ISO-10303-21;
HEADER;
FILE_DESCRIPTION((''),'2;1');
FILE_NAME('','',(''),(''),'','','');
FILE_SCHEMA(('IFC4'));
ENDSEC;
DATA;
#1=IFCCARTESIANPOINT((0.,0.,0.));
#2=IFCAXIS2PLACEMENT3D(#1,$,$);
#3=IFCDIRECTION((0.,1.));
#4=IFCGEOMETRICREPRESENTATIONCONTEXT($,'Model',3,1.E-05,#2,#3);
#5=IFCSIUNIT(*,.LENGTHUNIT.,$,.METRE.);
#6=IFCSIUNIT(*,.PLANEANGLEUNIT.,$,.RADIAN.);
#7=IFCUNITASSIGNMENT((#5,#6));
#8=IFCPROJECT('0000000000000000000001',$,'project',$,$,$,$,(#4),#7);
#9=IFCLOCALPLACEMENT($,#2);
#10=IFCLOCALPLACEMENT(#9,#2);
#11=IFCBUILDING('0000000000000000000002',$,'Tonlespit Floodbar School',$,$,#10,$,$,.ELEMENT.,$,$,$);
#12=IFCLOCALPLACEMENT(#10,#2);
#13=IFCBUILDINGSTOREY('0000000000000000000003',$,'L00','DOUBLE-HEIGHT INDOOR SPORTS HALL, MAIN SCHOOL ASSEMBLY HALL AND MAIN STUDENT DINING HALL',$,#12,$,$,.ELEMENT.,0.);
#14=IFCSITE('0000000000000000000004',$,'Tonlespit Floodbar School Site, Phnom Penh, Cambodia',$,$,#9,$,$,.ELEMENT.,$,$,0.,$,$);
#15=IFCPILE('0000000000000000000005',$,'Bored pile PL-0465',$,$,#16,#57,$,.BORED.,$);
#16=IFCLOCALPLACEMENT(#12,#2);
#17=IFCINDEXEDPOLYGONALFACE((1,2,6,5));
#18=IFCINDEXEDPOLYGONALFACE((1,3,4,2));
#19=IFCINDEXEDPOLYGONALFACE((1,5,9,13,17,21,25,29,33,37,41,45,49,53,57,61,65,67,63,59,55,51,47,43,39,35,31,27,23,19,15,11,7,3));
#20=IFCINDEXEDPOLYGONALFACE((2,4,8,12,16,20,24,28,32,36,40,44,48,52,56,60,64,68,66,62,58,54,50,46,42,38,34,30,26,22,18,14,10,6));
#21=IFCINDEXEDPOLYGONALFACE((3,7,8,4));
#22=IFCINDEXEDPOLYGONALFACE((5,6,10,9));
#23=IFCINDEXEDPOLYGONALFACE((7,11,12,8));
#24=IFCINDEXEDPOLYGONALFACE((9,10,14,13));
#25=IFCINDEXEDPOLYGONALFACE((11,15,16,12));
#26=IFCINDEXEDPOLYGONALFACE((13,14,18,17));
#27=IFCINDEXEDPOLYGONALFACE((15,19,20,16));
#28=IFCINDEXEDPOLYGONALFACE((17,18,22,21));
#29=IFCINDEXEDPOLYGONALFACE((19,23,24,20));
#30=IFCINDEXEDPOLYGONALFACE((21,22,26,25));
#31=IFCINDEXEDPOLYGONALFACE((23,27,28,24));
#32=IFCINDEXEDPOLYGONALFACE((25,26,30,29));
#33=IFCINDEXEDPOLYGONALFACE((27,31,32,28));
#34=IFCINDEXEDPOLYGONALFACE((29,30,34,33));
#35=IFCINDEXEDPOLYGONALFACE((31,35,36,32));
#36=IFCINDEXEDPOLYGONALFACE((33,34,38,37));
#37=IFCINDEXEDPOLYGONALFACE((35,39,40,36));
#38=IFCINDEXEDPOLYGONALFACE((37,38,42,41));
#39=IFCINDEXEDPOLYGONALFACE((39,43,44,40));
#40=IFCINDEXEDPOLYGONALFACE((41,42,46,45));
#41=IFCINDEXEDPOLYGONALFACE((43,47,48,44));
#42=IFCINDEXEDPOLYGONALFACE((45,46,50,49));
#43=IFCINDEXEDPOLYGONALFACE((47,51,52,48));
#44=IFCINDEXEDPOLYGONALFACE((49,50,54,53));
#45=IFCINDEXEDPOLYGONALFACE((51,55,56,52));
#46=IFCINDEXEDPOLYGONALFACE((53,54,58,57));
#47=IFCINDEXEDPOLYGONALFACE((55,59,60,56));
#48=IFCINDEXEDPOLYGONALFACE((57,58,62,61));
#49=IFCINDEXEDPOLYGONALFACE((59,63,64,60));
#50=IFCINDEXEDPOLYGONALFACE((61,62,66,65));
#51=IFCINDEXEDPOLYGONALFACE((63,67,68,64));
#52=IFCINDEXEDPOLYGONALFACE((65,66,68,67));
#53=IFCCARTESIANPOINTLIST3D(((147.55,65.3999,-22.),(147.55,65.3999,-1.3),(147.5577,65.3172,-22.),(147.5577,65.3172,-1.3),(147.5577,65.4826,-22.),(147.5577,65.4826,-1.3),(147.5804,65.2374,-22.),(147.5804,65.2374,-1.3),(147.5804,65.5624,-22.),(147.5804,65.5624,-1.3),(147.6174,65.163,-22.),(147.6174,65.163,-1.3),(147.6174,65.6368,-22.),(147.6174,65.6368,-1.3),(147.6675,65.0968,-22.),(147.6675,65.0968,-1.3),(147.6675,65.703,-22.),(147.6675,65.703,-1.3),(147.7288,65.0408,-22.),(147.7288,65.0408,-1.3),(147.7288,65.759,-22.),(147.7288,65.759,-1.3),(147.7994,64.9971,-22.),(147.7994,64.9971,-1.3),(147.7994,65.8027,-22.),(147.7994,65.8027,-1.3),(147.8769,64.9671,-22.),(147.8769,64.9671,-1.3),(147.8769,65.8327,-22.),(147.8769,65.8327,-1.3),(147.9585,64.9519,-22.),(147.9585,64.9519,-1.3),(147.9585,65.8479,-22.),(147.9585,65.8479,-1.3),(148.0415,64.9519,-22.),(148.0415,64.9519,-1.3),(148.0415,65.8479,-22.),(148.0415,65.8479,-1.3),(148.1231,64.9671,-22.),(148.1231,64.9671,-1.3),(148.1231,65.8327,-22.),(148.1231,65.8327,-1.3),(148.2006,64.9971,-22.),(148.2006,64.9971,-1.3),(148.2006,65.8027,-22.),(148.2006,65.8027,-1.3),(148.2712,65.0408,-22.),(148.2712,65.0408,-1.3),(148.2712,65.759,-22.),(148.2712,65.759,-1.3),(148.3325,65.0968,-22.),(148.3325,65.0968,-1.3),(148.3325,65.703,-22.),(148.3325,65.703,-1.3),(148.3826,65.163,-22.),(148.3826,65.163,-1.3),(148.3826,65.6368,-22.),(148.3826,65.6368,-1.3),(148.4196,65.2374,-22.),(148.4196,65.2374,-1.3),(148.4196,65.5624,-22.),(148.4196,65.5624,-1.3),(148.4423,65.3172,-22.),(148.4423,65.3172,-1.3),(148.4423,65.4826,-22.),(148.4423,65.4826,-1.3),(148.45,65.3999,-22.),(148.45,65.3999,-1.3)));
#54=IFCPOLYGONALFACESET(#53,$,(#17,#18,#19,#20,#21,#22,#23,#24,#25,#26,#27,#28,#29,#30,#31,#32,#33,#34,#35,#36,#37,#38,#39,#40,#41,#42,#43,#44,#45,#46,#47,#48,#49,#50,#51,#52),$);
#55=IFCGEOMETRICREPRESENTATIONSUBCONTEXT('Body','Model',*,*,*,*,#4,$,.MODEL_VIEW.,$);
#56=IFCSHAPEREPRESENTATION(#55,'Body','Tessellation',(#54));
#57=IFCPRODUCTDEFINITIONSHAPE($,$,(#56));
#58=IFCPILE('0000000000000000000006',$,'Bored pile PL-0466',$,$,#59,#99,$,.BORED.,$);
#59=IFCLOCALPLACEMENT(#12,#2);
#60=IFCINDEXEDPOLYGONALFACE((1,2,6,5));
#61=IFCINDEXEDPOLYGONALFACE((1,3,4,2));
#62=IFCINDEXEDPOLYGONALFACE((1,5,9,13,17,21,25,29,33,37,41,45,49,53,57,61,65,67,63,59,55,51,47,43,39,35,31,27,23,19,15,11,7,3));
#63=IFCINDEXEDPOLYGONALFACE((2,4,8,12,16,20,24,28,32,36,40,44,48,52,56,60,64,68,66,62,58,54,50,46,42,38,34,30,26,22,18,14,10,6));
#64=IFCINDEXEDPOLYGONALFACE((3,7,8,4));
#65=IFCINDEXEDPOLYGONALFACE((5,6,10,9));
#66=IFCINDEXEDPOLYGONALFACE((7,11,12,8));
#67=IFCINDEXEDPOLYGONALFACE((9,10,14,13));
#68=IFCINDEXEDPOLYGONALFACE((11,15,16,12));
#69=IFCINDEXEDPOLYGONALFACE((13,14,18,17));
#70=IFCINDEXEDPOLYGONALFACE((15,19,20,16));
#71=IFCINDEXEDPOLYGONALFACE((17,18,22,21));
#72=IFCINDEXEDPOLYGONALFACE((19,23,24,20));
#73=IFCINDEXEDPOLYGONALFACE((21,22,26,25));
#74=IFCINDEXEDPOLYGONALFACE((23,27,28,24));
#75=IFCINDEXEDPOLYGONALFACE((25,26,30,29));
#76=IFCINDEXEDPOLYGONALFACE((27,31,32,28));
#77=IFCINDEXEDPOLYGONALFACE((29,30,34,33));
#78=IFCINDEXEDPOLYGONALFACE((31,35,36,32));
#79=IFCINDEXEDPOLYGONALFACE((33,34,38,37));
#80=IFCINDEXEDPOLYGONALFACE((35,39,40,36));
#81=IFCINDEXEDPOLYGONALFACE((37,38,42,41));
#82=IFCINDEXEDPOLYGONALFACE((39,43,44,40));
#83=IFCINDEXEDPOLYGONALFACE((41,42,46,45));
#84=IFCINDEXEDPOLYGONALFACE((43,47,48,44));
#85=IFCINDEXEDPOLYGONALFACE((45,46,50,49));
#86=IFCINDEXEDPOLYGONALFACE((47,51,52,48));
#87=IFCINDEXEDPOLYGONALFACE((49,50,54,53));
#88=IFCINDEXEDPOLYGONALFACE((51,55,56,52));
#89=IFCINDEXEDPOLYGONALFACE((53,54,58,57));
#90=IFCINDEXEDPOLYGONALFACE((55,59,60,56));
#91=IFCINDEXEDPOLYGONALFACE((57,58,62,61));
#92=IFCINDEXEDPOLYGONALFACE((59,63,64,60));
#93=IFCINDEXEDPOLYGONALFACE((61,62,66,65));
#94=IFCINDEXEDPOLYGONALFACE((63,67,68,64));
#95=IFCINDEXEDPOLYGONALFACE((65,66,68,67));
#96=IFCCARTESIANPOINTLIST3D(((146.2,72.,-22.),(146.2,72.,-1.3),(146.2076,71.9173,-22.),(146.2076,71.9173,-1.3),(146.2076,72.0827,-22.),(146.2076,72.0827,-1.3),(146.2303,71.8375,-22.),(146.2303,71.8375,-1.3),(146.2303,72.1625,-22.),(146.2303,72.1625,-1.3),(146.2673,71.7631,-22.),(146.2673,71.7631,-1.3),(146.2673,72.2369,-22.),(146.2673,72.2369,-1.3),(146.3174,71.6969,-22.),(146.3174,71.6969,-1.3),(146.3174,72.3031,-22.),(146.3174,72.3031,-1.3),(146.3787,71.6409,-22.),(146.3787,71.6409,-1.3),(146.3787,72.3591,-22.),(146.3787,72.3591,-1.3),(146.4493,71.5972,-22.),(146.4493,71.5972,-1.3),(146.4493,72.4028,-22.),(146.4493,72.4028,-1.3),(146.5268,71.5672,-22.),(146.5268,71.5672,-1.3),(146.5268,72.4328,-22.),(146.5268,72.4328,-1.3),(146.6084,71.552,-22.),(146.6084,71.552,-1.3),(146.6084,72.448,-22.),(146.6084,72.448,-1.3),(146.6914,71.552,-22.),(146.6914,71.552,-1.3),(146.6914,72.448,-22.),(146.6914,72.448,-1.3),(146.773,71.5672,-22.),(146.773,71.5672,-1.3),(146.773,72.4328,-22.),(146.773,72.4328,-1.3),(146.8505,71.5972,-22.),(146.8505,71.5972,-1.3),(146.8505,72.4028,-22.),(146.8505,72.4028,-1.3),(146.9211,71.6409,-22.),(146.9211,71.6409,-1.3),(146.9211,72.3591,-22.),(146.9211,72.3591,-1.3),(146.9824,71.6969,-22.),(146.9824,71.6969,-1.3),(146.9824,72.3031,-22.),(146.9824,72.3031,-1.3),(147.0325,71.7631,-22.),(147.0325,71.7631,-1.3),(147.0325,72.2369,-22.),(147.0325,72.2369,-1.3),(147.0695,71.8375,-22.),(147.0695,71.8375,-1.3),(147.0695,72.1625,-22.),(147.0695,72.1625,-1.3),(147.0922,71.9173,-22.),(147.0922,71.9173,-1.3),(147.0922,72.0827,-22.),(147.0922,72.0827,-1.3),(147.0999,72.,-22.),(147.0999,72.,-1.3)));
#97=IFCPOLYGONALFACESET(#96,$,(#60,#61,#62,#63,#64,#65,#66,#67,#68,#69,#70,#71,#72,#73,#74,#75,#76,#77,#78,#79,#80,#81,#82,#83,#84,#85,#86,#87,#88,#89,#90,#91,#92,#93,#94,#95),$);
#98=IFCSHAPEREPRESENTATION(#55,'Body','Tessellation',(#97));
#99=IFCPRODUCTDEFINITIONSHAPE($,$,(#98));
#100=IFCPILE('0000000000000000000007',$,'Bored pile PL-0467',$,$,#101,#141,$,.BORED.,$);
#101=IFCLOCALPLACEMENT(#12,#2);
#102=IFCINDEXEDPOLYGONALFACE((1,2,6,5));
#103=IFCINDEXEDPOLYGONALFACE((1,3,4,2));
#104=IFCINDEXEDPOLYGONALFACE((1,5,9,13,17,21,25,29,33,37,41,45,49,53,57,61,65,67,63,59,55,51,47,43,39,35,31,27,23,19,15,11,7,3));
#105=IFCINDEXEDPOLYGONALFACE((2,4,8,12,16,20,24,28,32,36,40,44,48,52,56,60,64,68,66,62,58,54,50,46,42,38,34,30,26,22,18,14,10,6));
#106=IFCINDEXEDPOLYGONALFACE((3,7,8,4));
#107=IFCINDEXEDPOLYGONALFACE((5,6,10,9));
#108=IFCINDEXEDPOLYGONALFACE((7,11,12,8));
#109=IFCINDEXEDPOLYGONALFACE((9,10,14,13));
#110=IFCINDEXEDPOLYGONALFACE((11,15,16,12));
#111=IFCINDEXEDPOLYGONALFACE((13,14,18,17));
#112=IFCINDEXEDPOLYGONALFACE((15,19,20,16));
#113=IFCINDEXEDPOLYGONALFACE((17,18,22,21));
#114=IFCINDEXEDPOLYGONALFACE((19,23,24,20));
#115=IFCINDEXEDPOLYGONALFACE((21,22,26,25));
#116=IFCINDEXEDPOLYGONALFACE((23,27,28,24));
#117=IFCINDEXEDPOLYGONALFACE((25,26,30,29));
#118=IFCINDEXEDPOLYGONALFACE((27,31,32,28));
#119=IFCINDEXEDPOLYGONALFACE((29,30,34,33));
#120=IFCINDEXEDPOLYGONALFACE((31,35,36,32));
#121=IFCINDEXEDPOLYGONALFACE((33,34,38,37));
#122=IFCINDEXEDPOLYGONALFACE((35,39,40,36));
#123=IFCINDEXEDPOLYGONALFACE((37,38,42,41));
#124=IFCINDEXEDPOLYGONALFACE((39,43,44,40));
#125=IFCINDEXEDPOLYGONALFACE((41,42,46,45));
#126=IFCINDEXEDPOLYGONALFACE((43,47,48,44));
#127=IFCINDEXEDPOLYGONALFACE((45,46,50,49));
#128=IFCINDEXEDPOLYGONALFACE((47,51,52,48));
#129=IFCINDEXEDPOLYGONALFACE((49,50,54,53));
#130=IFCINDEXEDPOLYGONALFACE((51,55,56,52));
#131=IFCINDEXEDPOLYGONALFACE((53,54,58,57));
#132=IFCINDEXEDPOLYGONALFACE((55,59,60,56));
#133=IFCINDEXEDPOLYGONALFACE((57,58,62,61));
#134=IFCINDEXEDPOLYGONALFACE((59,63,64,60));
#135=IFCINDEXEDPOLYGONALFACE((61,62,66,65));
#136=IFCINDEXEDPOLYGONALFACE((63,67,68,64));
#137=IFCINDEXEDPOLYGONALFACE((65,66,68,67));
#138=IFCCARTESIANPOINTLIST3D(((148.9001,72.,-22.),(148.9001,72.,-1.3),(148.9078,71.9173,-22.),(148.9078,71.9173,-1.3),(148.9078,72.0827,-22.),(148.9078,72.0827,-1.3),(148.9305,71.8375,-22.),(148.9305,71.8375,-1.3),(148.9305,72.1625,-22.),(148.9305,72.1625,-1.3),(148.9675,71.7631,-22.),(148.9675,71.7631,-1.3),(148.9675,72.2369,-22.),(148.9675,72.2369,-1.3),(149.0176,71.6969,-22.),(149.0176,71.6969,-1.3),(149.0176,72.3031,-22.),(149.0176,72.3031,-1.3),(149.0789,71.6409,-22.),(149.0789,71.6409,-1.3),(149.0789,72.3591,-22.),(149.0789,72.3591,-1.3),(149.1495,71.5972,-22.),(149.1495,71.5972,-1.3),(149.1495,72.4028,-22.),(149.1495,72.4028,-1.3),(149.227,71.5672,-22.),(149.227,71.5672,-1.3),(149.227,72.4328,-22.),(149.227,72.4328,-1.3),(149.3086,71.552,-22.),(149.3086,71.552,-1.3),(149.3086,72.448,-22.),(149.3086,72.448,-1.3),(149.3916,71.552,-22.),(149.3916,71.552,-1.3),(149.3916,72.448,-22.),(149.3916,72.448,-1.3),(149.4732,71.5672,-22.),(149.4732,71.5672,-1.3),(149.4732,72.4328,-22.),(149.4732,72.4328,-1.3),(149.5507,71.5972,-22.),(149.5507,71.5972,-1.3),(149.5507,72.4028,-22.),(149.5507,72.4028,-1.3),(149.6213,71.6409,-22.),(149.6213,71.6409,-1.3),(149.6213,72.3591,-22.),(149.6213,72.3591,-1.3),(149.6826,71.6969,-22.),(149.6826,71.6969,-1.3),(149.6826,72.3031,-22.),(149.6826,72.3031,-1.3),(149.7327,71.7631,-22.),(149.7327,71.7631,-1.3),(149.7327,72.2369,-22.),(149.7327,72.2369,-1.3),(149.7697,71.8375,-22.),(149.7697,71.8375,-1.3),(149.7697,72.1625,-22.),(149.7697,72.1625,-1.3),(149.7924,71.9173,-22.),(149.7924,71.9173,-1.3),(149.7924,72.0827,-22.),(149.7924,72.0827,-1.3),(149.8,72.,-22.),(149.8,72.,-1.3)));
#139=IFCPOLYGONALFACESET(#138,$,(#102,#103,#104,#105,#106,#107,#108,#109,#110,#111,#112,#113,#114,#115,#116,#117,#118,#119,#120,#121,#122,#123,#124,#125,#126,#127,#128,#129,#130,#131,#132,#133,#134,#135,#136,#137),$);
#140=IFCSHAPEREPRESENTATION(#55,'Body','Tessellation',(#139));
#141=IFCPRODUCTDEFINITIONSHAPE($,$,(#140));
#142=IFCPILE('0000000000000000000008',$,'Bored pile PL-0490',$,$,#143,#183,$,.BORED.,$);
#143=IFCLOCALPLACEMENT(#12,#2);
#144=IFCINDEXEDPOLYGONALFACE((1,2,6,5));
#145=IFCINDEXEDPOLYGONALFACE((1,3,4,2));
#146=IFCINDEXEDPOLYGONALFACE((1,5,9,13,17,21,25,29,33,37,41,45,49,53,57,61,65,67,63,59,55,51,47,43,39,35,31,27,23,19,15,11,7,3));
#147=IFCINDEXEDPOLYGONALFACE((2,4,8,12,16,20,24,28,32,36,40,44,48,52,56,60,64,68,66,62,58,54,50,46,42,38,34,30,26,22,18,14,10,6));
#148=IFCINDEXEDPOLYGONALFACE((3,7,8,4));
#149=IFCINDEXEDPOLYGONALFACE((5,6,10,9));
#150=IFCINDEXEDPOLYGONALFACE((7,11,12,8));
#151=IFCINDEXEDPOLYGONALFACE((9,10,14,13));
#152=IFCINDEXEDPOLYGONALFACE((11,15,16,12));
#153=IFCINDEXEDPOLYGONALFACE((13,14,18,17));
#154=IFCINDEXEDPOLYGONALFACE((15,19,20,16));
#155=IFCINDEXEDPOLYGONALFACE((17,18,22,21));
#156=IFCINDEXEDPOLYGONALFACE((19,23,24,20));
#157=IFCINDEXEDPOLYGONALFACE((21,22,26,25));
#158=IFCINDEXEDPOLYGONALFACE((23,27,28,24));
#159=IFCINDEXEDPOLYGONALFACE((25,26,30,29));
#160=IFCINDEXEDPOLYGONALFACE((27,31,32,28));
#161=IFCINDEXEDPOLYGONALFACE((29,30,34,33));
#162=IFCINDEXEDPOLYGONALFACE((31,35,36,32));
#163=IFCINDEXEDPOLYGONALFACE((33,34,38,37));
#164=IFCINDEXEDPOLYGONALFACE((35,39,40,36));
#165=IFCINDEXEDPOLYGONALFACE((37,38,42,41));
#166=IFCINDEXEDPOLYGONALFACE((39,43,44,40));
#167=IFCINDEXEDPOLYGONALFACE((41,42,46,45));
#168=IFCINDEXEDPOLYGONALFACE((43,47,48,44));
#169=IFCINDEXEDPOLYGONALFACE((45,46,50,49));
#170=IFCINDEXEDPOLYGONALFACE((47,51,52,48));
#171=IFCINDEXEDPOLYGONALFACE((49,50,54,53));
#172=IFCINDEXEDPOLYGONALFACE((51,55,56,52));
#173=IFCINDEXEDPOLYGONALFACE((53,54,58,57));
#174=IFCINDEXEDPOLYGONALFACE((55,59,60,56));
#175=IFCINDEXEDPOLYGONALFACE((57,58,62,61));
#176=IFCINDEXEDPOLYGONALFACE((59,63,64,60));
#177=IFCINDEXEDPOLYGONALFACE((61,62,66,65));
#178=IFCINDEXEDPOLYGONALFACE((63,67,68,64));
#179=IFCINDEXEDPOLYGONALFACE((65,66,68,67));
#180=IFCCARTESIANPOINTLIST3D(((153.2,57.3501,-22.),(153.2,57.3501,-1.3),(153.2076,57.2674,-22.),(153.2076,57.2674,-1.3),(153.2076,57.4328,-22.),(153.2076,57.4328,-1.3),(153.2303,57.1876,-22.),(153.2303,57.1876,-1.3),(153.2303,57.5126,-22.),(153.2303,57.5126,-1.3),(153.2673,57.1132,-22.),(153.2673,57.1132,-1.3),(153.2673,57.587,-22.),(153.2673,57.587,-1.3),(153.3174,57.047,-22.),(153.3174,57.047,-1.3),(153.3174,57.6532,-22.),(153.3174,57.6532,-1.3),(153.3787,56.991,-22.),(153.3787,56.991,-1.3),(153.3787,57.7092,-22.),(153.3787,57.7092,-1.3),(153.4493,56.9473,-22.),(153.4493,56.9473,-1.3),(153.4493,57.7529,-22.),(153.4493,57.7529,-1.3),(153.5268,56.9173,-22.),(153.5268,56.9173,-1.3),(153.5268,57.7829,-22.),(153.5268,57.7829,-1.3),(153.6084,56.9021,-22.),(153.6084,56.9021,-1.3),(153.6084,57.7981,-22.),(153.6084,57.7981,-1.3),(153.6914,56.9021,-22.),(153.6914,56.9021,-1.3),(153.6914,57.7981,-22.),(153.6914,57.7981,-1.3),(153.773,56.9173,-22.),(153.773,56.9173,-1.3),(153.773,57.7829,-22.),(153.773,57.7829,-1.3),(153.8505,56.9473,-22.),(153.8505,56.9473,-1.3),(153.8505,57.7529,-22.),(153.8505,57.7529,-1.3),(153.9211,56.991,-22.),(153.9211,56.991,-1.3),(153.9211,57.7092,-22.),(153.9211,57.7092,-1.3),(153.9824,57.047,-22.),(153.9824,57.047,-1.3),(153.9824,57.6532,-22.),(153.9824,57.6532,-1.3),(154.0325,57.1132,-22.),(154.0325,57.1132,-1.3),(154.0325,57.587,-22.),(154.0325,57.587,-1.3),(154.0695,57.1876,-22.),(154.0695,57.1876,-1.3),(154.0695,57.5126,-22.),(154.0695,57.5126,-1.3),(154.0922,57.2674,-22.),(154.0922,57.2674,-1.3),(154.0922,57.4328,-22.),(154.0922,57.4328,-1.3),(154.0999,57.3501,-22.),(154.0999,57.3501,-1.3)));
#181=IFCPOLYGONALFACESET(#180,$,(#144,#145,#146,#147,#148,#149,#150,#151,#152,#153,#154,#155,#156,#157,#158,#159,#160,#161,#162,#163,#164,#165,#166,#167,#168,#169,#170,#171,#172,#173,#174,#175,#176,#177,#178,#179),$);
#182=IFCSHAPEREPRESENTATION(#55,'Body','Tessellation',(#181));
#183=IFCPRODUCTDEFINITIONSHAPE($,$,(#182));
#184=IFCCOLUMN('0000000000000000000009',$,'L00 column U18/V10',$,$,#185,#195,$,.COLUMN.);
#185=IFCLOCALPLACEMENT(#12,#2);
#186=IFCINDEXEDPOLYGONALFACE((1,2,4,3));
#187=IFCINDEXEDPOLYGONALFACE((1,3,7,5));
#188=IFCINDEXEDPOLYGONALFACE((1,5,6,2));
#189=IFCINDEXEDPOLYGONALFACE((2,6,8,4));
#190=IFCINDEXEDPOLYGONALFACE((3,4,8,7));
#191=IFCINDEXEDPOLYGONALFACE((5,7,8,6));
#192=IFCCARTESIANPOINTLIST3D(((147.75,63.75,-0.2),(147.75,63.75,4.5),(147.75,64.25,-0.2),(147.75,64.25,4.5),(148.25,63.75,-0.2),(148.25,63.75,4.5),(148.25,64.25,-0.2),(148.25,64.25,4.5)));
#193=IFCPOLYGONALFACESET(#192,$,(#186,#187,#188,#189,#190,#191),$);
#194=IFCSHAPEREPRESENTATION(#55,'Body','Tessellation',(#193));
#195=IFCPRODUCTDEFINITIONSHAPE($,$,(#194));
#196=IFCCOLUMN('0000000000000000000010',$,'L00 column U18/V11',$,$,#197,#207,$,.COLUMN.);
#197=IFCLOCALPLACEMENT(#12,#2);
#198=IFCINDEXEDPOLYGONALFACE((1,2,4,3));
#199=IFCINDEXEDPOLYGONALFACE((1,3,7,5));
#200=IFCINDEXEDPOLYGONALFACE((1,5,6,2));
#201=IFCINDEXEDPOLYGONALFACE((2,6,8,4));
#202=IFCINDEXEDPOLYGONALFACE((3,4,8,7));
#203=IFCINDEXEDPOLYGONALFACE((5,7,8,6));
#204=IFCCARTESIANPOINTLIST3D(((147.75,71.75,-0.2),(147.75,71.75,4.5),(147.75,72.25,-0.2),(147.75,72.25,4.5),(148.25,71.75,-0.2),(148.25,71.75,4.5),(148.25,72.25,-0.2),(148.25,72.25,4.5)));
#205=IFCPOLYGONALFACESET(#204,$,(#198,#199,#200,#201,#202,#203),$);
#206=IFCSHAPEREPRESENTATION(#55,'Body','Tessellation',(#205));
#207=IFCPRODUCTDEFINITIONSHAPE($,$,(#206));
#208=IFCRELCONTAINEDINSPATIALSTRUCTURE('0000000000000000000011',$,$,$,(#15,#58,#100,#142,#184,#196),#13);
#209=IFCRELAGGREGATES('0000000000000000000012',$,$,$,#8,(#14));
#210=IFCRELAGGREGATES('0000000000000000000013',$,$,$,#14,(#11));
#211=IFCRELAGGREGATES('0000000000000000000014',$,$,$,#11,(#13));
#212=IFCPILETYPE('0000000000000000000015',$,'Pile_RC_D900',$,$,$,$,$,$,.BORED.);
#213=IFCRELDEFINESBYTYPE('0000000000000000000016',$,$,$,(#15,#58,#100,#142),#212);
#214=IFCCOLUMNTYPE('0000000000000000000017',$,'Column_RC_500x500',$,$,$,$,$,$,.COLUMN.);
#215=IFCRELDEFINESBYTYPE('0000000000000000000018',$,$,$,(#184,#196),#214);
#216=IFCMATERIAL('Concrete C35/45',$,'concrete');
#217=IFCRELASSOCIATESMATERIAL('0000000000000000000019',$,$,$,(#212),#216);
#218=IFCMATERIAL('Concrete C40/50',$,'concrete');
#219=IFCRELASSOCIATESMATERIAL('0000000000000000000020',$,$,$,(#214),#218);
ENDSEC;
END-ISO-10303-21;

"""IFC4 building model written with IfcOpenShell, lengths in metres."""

from ifc_helpers import new_model, si_unit, direction, frame, origin, origin_2d, place, context, subcontext, project, spatial, rectangle, circle, extrude, material, material_profile, profile_set, type_object, element, save


model = new_model("IFC4")

# Units and contexts
model_context = context("Model", 3, precision=1e-05, world=origin(), true_north=direction((0.0, 1.0)))
body_context = subcontext(model_context, "Body", "Model", "MODEL_VIEW")
ifc_project = project(units=[si_unit("LENGTHUNIT", "METRE"), si_unit("PLANEANGLEUNIT", "RADIAN")], contexts=[model_context])

# Site, building, storey
site_placement = place(None, origin())
site = spatial("IfcSite", under=ifc_project, at=site_placement, Name="Tonlespit Floodbar School Site, Phnom Penh, Cambodia", CompositionType="ELEMENT", RefElevation=0.0)
building_placement = place(site_placement, origin())
building = spatial("IfcBuilding", under=site, at=building_placement, Name="Tonlespit Floodbar School", CompositionType="ELEMENT")
storey_placement = place(building_placement, origin())
storey = spatial("IfcBuildingStorey", under=building, at=storey_placement, Name="L00", Description="DOUBLE-HEIGHT INDOOR SPORTS HALL, MAIN SCHOOL ASSEMBLY HALL AND MAIN STUDENT DINING HALL", CompositionType="ELEMENT", Elevation=0.0)

# Shared definitions
ifc_material_1 = material(Name="Concrete C40/50", Category="concrete")

# Piles
ifc_material_2 = material(Name="Concrete C35/45", Category="concrete")
ifc_material_profile_1 = material_profile(ifc_material_2, circle(Radius=0.45, at=origin_2d()), Name="BP D900")
ifc_profile_set_1 = profile_set([ifc_material_profile_1], Name="Concrete C35/45")
pile_type = type_object("IfcPileType", Name="Pile_RC_D900", PredefinedType="BORED", material=ifc_profile_set_1)
for number, where, z_axis, x_axis, name in (
    (1, (148.0, 65.3999, -1.3), (0.0, 0.0, -1.0), (1.0, 0.0, 0.0), "Bored pile PL-0465"),
    (2, (146.6499, 72.0, -1.3), (0.0, 0.0, -1.0), (1.0, 0.0, 0.0), "Bored pile PL-0466"),
    (3, (149.3501, 72.0, -1.3), (0.0, 0.0, -1.0), (1.0, 0.0, 0.0), "Bored pile PL-0467"),
    (4, (153.6499, 57.3501, -1.3), (0.0, 0.0, -1.0), (1.0, 0.0, 0.0), "Bored pile PL-0490"),
):
    element("IfcPile", number, at=place(storey_placement, frame(where, z_axis=z_axis, x_axis=x_axis)), inside=storey, type_object=pile_type, Name=name, PredefinedType="BORED", context=body_context, shape_type="SweptSolid", body=[
        extrude(circle(Radius=0.45, at=origin_2d()), origin(), (0.0, 0.0, 1.0), 20.7),
    ])

# Columns
ifc_material_profile_2 = material_profile(ifc_material_1, rectangle(XDim=0.5, YDim=0.5, at=origin_2d()), Name="RC 500x500")
ifc_profile_set_2 = profile_set([ifc_material_profile_2], Name="Concrete C40/50")
column_type = type_object("IfcColumnType", Name="Column_RC_500x500", PredefinedType="COLUMN", material=ifc_profile_set_2)
for number, where, z_axis, x_axis, name in (
    (5, (148.0, 64.0, -0.2), (0.0, 0.0, 1.0), (1.0, 0.0, 0.0), "L00 column U18/V10"),
    (6, (148.0, 72.0, -0.2), (0.0, 0.0, 1.0), (1.0, 0.0, 0.0), "L00 column U18/V11"),
):
    element("IfcColumn", number, at=place(storey_placement, frame(where, z_axis=z_axis, x_axis=x_axis)), inside=storey, type_object=column_type, Name=name, PredefinedType="COLUMN", context=body_context, shape_type="SweptSolid", body=[
        extrude(rectangle(XDim=0.5, YDim=0.5, at=origin_2d()), origin(), (0.0, 0.0, 1.0), 4.7),
    ])

save(model, "model.ifc")
